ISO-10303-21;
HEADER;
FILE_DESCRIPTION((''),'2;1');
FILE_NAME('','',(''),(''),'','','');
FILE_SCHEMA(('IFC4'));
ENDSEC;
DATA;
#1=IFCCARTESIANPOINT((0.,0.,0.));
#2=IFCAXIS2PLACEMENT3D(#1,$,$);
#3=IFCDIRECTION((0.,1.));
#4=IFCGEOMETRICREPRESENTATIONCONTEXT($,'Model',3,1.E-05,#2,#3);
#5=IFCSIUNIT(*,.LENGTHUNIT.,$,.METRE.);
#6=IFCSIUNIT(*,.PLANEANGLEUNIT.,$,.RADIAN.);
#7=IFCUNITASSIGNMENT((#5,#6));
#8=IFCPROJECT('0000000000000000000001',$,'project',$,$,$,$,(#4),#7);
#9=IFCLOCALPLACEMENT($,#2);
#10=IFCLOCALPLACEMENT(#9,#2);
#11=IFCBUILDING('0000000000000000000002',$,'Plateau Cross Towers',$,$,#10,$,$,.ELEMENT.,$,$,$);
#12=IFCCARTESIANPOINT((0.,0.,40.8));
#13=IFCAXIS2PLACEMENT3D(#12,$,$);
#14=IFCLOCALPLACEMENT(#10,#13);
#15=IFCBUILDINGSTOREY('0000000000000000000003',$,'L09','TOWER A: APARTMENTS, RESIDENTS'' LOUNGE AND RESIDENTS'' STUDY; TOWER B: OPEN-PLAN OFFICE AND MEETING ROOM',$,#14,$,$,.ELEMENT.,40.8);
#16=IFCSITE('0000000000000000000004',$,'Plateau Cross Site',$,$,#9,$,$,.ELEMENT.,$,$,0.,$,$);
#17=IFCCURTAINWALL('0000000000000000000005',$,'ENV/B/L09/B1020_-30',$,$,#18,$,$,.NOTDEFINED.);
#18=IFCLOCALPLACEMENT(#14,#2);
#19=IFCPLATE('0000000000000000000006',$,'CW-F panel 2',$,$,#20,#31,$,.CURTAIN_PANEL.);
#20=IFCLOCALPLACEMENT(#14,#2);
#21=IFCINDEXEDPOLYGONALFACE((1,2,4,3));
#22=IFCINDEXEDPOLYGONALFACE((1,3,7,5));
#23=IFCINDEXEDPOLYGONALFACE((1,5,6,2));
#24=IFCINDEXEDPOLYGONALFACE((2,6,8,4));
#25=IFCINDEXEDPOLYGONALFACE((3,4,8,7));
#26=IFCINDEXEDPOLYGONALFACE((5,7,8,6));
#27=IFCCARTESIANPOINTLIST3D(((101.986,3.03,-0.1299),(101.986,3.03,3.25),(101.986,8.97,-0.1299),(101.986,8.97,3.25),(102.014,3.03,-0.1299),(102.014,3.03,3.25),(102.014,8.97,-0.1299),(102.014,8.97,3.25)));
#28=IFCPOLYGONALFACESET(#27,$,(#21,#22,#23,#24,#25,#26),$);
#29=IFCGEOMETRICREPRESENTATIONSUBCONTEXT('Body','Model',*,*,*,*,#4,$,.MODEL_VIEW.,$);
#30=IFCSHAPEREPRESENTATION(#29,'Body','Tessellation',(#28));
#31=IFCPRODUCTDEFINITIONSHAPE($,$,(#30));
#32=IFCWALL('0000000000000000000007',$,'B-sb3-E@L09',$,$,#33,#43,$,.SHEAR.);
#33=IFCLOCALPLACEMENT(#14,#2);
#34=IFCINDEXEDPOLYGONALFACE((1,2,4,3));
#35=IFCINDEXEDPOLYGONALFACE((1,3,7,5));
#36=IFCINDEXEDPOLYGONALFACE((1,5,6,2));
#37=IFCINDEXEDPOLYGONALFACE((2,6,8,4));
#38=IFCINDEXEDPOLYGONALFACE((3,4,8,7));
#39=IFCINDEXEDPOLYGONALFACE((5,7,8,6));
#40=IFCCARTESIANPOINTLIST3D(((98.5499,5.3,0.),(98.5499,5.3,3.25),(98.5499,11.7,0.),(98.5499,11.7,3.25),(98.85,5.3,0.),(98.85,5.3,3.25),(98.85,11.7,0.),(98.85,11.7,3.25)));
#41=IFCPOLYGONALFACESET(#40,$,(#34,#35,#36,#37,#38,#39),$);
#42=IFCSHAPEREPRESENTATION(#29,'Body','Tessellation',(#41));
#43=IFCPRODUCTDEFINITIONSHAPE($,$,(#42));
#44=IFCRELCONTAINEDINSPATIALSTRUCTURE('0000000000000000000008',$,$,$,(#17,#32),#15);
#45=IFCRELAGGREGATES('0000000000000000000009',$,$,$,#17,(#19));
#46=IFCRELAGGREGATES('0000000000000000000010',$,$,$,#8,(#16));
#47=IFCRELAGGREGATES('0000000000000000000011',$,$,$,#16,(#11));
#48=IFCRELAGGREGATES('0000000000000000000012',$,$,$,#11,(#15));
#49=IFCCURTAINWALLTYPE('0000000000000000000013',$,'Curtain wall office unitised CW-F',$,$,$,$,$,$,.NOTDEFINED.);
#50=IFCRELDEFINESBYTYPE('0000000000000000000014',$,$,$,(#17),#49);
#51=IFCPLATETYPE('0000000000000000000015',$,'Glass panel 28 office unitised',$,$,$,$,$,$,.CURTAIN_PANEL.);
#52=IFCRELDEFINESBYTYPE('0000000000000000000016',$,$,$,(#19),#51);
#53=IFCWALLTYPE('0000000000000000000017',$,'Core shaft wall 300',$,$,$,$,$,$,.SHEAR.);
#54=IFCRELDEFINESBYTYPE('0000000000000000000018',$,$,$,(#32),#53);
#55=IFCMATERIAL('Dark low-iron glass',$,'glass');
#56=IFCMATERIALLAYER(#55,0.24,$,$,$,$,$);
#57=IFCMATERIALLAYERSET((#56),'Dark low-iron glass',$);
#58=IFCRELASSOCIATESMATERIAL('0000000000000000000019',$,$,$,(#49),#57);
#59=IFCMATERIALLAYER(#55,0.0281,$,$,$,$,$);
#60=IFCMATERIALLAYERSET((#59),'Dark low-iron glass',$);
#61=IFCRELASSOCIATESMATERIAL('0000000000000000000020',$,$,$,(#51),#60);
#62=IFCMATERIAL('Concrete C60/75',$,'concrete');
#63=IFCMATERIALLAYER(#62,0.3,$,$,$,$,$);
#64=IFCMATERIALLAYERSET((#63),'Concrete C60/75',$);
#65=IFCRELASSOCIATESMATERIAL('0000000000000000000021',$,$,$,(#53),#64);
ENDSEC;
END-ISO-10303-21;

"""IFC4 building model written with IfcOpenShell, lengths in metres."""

from ifc_helpers import new_model, si_unit, direction, frame, frame_2d, origin, origin_2d, place, context, subcontext, project, spatial, rectangle, extrude, material, layer, layer_set, type_object, element, aggregate, save


model = new_model("IFC4")

# Units and contexts
model_context = context("Model", 3, precision=1e-05, world=origin(), true_north=direction((0.0, 1.0)))
body_context = subcontext(model_context, "Body", "Model", "MODEL_VIEW")
ifc_project = project(units=[si_unit("LENGTHUNIT", "METRE"), si_unit("PLANEANGLEUNIT", "RADIAN")], contexts=[model_context])

# Site, building, storey
site_placement = place(None, origin())
site = spatial("IfcSite", under=ifc_project, at=site_placement, Name="Plateau Cross Site", CompositionType="ELEMENT", RefElevation=0.0)
building_placement = place(site_placement, origin())
building = spatial("IfcBuilding", under=site, at=building_placement, Name="Plateau Cross Towers", CompositionType="ELEMENT")
storey_placement = place(building_placement, frame((0.0, 0.0, 40.8)))
storey = spatial("IfcBuildingStorey", under=building, at=storey_placement, Name="L09", Description="TOWER A: APARTMENTS, RESIDENTS' LOUNGE AND RESIDENTS' STUDY; TOWER B: OPEN-PLAN OFFICE AND MEETING ROOM", CompositionType="ELEMENT", Elevation=40.8)

# Shared definitions
ifc_material_1 = material(Name="Concrete C60/75", Category="concrete")

# Shared definitions
ifc_material_2 = material(Name="Dark low-iron glass", Category="glass")
ifc_layer_1 = layer(ifc_material_2, 0.24)
ifc_layer_set_1 = layer_set([ifc_layer_1], Name="Dark low-iron glass")
curtain_wall_type = type_object("IfcCurtainWallType", Name="Curtain wall office unitised CW-F", PredefinedType="NOTDEFINED", material=ifc_layer_set_1)

# Curtain wall
curtain_wall_1_placement = place(storey_placement, origin())
curtain_wall_1 = element("IfcCurtainWall", 1, at=curtain_wall_1_placement, inside=storey, type_object=curtain_wall_type, Name="ENV/B/L09/B1020_-30", PredefinedType="NOTDEFINED")

# Plate
ifc_layer_2 = layer(ifc_material_2, 0.0281)
ifc_layer_set_2 = layer_set([ifc_layer_2], Name="Dark low-iron glass")
plate_type = type_object("IfcPlateType", Name="Glass panel 28 office unitised", PredefinedType="CURTAIN_PANEL", material=ifc_layer_set_2)
plate_1_placement = place(storey_placement, frame((102.0, 6.0, -0.1299), z_axis=(0.0, 0.0, 1.0), x_axis=(0.0, 1.0, 0.0)))
plate_1 = element("IfcPlate", 2, at=plate_1_placement, type_object=plate_type, Name="CW-F panel 2", PredefinedType="CURTAIN_PANEL", context=body_context, shape_type="SweptSolid", body=[
    extrude(rectangle(XDim=5.9399, YDim=0.0281, at=origin_2d()), origin(), (0.0, 0.0, 1.0), 3.3799),
])
aggregate(curtain_wall_1, [plate_1])

# Wall
ifc_layer_3 = layer(ifc_material_1, 0.3)
ifc_layer_set_3 = layer_set([ifc_layer_3], Name="Concrete C60/75")
wall_type = type_object("IfcWallType", Name="Core shaft wall 300", PredefinedType="SHEAR", material=ifc_layer_set_3)
wall_placement = place(storey_placement, frame((98.7, 5.3, 0.0), z_axis=(0.0, 0.0, 1.0), x_axis=(0.0, 1.0, 0.0)))
element("IfcWall", 3, at=wall_placement, inside=storey, type_object=wall_type, Name="B-sb3-E@L09", PredefinedType="SHEAR", context=body_context, shape_type="SweptSolid", body=[
    extrude(rectangle(XDim=6.3999, YDim=0.3, at=frame_2d((3.2, 0.0))), origin(), (0.0, 0.0, 1.0), 3.25),
])

save(model, "model.ifc")
